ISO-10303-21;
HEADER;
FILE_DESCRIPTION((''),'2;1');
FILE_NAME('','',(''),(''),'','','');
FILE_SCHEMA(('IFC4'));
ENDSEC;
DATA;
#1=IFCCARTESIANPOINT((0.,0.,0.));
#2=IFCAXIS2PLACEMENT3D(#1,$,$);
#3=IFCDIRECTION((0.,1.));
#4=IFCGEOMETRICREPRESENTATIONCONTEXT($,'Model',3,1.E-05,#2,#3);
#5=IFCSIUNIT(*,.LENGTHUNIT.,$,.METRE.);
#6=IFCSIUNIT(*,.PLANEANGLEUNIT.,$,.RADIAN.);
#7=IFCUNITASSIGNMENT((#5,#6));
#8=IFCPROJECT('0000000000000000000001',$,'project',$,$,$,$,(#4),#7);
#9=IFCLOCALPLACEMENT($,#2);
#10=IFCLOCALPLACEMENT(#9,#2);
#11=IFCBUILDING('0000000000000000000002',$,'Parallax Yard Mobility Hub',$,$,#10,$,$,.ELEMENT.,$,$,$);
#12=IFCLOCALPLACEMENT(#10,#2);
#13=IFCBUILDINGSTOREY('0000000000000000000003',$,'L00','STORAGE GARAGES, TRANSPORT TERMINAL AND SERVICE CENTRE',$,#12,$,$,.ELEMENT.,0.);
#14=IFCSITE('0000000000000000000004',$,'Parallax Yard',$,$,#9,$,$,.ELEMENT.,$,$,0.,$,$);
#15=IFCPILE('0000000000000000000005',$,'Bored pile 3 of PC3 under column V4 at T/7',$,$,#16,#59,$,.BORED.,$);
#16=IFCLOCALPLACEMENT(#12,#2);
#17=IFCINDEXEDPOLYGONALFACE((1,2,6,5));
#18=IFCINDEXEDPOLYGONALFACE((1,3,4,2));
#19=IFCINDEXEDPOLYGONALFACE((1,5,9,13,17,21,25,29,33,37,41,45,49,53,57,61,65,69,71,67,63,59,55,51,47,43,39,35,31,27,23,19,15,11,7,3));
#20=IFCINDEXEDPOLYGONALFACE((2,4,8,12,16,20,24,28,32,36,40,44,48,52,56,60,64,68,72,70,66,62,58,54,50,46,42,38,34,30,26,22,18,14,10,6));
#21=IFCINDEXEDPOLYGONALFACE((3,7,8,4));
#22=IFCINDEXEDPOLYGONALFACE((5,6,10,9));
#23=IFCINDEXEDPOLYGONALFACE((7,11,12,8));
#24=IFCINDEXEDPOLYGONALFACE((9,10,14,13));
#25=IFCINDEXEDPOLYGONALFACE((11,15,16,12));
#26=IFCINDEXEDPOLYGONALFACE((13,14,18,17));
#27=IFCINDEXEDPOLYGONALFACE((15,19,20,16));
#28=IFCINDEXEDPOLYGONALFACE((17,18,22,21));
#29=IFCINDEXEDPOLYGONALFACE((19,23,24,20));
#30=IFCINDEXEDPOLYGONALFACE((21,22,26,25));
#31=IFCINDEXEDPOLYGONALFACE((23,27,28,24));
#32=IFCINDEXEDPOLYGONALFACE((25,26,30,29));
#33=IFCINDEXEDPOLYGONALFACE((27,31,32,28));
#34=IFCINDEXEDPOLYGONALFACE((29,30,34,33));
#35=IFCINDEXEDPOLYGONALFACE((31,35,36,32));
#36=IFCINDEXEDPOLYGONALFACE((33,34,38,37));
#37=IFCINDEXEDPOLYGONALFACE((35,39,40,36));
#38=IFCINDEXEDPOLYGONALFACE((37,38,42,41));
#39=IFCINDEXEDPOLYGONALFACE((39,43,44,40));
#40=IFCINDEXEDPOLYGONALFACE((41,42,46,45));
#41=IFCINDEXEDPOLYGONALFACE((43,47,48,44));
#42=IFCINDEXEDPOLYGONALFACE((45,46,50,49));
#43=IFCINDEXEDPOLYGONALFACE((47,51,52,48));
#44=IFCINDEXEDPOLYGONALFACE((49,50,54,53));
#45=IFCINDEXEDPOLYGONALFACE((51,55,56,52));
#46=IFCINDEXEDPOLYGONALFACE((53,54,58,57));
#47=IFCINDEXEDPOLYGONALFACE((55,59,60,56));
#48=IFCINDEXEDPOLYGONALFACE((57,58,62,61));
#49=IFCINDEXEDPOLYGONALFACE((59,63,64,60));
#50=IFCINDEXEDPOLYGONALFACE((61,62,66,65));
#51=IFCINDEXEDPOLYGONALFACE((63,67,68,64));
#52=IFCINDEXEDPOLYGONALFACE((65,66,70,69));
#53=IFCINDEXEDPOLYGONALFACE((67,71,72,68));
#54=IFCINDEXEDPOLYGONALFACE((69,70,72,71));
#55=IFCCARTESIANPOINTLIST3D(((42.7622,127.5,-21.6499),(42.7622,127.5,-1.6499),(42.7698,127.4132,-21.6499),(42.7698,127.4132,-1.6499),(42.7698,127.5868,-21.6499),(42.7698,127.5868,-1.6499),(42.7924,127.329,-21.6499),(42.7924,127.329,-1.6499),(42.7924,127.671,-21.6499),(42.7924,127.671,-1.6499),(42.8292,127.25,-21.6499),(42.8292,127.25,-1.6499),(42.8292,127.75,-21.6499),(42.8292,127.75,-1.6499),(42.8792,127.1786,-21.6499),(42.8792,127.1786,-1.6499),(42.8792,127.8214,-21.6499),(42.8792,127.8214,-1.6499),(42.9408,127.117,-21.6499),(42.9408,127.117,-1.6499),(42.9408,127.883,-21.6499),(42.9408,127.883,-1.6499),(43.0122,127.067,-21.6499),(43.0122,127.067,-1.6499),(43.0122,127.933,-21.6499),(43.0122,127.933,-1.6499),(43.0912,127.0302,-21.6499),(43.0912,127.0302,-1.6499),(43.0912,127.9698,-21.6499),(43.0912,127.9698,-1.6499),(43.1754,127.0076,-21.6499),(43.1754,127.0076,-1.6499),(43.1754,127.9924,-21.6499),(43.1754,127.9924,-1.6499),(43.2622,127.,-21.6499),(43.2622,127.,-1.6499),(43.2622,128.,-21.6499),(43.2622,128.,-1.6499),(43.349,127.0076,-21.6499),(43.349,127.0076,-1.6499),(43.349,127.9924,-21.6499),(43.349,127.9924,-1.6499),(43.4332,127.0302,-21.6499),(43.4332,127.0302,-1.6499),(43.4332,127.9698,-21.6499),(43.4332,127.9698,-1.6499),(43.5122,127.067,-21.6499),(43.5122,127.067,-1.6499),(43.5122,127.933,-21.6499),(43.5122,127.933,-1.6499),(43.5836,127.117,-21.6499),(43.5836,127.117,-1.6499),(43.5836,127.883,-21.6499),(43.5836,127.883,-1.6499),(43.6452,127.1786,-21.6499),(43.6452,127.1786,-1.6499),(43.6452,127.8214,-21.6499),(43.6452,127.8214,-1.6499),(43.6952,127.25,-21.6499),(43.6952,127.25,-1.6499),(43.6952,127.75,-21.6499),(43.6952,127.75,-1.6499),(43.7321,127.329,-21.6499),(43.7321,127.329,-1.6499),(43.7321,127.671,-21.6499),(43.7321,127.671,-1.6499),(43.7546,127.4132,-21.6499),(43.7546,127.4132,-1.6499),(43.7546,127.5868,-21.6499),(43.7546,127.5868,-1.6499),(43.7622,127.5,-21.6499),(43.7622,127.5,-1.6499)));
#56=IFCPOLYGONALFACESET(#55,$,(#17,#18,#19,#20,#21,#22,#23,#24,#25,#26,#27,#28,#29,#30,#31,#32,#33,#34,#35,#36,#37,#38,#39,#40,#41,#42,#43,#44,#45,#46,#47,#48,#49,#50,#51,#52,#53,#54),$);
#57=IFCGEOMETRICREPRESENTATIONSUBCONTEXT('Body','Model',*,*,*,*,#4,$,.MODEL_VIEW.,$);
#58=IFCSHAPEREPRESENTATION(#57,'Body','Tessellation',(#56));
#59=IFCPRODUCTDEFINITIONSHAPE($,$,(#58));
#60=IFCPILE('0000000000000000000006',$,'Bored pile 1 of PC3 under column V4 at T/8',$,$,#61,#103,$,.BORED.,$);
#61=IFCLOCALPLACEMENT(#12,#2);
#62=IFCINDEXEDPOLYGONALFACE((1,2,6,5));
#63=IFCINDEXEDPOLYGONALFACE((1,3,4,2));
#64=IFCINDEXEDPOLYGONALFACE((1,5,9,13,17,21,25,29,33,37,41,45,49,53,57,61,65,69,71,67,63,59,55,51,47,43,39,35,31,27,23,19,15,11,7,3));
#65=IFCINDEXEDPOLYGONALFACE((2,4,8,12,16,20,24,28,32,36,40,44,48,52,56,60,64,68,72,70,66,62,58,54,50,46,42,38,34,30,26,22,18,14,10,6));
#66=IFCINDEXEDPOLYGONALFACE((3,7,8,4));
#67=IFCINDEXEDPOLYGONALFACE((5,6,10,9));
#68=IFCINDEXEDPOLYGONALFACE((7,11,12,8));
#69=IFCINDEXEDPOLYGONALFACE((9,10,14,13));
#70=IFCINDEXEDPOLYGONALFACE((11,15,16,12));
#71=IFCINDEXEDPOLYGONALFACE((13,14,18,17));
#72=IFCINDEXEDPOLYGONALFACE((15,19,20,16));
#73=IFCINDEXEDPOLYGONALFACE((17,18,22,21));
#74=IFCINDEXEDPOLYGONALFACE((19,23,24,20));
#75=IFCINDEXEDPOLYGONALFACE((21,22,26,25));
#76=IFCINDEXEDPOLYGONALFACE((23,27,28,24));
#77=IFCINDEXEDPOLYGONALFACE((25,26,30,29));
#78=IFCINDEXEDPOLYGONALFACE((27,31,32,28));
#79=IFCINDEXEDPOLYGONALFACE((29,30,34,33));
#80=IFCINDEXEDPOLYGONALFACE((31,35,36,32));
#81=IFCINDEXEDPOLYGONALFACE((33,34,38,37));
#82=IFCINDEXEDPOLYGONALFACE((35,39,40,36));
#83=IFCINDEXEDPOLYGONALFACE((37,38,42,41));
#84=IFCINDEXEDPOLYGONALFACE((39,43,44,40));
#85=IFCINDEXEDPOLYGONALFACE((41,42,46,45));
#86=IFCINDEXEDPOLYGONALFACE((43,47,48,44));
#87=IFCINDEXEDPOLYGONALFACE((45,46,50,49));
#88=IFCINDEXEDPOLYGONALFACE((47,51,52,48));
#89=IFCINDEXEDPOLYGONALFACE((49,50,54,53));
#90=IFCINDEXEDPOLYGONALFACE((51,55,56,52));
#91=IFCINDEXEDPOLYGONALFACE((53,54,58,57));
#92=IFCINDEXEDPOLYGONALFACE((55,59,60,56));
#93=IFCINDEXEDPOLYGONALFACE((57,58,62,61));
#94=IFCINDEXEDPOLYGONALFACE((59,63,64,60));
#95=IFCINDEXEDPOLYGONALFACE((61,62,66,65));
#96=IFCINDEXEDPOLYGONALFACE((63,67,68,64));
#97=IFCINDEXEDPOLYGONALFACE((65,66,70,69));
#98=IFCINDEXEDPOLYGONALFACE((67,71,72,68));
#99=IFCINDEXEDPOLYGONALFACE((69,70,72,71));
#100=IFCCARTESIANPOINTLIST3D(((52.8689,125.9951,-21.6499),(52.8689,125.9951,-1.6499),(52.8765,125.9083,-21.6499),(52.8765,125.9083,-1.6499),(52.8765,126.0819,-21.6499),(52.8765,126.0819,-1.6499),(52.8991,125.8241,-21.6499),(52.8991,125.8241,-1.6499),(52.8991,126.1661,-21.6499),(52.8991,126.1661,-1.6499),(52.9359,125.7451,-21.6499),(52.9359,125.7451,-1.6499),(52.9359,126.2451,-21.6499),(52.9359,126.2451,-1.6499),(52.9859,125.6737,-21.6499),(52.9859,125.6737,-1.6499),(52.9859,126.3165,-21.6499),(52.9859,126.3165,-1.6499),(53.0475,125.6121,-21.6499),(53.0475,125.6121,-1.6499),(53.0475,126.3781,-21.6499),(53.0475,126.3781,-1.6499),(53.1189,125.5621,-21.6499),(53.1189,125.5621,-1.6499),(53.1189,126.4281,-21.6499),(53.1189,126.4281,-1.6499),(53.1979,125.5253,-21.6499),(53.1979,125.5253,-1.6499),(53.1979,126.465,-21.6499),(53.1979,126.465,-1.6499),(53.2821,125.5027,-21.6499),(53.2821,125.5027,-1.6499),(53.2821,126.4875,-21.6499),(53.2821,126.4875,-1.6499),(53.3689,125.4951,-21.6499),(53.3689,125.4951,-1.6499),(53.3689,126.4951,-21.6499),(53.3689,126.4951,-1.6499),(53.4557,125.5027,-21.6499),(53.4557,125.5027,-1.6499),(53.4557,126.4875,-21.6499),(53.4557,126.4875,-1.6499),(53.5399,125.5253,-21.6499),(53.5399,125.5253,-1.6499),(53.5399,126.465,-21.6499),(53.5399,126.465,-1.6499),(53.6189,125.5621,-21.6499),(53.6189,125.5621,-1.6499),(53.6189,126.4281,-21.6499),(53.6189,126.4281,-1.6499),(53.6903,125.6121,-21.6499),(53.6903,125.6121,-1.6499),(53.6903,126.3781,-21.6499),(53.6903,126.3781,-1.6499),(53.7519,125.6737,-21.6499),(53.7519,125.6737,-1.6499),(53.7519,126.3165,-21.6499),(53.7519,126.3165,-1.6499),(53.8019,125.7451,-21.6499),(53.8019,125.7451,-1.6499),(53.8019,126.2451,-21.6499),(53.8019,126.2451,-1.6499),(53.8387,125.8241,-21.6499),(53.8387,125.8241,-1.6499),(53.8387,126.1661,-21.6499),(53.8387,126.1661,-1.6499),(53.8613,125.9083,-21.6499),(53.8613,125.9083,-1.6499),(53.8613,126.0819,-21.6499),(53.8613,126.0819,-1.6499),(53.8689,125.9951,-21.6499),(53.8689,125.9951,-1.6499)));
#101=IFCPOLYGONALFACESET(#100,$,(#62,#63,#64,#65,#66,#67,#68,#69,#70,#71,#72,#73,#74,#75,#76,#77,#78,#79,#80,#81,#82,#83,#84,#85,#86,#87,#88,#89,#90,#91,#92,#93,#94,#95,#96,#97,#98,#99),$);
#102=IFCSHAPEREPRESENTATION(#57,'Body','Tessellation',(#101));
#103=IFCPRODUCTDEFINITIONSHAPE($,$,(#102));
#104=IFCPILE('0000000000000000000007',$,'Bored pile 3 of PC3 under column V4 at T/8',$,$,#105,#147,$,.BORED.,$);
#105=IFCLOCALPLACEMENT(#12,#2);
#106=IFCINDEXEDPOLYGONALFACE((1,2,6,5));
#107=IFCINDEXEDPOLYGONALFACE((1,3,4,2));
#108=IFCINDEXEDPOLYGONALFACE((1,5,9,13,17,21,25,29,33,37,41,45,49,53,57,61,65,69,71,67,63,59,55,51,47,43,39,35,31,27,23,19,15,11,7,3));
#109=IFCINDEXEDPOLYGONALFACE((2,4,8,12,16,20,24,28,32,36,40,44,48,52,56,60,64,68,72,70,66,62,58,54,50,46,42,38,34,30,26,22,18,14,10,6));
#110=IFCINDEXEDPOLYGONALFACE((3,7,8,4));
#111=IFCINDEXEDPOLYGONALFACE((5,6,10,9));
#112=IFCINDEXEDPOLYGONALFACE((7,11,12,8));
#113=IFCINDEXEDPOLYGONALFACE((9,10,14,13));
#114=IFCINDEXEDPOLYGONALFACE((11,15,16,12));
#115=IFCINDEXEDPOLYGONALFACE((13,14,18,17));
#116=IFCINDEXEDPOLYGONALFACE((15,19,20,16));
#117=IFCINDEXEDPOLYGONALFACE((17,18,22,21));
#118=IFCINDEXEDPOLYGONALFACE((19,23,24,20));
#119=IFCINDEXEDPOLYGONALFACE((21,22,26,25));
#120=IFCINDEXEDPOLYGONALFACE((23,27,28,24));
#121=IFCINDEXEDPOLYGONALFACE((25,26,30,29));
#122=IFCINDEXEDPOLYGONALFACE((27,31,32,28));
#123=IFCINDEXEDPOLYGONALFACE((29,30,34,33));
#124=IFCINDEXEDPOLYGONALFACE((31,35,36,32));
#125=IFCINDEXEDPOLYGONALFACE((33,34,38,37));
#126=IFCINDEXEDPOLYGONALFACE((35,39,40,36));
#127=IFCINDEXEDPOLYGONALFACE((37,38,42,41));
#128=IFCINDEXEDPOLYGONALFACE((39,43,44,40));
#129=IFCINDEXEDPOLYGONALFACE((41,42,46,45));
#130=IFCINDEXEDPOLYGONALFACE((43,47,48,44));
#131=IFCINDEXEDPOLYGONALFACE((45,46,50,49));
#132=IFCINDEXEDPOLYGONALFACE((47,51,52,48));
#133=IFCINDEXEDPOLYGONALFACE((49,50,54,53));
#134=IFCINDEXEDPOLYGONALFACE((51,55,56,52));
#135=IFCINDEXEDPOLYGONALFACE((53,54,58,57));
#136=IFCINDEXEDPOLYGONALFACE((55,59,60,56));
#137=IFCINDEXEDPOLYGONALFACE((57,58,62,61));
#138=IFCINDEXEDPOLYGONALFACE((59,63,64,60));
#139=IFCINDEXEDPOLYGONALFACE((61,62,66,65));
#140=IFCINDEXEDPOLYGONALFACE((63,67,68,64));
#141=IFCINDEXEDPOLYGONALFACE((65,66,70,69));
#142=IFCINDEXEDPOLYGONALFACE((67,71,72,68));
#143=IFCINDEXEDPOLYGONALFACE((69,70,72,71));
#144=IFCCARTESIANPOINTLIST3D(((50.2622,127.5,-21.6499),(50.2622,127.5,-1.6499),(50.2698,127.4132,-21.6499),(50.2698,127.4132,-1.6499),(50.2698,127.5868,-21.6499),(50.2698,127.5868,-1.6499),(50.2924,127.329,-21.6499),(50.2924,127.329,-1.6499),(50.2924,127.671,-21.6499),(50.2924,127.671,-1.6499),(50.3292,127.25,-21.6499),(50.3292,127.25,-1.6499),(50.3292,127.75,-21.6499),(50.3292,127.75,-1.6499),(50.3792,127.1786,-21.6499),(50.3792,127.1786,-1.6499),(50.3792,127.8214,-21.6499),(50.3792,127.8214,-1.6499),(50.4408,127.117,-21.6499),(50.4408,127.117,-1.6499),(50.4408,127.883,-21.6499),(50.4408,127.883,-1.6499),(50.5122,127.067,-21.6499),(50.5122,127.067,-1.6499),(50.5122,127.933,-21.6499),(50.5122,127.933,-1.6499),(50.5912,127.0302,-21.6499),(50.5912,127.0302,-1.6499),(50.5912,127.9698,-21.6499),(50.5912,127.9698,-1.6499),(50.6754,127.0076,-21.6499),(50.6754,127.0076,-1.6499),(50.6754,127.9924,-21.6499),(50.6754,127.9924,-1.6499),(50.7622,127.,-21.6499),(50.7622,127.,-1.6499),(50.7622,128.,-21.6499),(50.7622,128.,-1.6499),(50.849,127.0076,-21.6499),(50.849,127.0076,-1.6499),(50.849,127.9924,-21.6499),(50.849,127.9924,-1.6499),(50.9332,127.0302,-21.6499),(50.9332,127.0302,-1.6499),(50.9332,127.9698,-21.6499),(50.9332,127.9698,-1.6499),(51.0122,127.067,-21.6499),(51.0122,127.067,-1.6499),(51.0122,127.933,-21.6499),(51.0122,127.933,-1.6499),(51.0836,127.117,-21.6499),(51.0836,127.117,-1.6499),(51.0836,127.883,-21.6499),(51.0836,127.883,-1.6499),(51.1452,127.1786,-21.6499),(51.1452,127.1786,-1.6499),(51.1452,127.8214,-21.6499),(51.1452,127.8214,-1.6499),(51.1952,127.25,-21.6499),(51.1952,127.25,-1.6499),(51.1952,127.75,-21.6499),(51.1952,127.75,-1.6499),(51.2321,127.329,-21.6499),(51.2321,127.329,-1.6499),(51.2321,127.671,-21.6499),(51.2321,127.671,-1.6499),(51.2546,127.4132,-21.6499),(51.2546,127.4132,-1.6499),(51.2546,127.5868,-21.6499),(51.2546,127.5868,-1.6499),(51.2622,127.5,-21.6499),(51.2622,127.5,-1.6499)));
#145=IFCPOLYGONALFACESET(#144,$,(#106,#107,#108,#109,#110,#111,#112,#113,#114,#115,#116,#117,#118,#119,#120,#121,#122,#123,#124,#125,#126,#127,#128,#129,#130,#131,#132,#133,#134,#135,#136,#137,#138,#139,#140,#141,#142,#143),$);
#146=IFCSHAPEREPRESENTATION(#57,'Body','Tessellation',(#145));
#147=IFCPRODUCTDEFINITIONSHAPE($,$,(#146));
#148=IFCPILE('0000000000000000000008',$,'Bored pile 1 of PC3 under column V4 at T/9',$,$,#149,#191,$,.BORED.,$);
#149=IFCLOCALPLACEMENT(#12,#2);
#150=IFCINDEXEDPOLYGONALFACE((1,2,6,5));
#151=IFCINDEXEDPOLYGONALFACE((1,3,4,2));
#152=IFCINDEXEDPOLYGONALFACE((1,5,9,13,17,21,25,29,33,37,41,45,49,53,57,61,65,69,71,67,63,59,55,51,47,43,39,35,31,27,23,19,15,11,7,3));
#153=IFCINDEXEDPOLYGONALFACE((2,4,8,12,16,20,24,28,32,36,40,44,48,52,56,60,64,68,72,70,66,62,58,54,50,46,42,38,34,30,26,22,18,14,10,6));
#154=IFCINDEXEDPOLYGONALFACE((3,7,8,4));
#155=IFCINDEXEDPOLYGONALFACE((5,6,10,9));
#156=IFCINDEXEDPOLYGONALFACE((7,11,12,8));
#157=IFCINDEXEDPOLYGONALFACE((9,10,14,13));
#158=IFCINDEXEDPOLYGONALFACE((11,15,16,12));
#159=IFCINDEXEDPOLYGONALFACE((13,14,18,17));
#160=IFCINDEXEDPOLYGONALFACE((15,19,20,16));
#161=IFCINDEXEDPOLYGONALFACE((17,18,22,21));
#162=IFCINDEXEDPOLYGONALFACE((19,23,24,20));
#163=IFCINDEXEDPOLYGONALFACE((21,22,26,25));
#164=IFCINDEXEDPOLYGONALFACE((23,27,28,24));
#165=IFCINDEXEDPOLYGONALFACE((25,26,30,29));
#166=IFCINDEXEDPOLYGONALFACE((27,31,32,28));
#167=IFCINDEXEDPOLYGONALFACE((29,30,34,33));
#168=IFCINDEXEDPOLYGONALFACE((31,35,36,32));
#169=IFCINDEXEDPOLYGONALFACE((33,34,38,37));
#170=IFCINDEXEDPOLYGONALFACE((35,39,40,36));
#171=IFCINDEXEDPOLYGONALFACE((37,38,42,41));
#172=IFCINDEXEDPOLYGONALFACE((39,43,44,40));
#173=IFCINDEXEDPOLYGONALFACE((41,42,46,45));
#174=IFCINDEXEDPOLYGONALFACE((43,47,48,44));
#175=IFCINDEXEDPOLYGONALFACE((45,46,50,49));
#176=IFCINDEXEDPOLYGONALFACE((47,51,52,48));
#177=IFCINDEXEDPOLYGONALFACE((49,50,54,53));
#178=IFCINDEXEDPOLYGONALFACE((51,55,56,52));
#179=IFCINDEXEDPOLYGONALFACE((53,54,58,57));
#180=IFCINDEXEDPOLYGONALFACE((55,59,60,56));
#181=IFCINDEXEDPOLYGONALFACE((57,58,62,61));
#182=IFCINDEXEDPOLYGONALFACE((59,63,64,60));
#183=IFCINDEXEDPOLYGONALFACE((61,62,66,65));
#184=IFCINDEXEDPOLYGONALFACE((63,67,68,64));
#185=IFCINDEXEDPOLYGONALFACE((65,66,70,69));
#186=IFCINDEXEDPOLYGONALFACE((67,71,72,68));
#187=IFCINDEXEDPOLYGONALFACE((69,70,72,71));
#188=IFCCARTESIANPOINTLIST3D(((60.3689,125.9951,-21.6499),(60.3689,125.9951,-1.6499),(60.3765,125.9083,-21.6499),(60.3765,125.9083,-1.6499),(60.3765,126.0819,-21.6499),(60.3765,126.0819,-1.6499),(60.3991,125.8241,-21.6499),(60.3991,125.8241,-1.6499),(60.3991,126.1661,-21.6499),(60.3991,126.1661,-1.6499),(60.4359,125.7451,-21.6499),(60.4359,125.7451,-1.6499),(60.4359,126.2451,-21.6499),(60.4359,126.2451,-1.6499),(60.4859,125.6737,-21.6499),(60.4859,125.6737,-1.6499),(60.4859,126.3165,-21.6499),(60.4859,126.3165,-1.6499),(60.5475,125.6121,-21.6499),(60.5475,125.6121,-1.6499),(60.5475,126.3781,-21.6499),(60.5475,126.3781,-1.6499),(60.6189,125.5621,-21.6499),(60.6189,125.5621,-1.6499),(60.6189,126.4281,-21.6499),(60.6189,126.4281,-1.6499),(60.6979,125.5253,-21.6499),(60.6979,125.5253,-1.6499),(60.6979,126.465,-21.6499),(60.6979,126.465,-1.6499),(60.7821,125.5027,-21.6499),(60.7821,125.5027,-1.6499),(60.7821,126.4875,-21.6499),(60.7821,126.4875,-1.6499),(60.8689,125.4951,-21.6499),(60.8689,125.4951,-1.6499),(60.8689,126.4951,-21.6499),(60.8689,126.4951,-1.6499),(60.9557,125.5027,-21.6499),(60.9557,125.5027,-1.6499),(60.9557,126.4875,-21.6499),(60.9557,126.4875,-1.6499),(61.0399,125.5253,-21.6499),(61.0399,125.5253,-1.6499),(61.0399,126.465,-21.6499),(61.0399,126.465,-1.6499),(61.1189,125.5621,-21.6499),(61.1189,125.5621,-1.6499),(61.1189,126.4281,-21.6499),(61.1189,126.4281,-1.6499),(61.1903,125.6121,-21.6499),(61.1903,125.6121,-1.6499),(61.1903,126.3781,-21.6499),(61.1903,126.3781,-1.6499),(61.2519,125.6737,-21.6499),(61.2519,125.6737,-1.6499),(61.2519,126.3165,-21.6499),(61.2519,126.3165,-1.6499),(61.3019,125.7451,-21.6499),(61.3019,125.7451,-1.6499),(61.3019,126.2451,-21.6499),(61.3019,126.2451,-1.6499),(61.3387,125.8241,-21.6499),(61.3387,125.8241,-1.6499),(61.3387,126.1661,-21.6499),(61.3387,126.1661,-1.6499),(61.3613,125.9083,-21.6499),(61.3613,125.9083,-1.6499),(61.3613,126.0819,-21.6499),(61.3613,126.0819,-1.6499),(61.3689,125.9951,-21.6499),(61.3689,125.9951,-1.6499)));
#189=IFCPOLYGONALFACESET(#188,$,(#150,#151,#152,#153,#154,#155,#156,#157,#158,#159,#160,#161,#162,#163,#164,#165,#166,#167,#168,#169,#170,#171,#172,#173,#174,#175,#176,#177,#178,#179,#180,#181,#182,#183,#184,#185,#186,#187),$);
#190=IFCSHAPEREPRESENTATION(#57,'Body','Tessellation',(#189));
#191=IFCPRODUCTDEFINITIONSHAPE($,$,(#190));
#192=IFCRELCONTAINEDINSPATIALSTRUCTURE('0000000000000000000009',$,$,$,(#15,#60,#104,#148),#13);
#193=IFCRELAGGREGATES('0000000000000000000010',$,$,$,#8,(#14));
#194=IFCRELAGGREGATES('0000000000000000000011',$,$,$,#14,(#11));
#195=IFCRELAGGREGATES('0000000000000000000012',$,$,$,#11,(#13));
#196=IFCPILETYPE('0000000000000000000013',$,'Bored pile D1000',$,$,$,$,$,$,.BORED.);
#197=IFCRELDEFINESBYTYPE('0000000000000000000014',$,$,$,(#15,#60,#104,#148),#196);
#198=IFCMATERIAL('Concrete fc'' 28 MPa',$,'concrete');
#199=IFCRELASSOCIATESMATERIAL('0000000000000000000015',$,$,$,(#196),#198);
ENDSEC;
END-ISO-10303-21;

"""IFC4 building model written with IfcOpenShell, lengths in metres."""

from ifc_helpers import new_model, si_unit, direction, frame, origin, origin_2d, place, context, subcontext, project, spatial, circle, extrude, material, material_profile, profile_set, type_object, element, save


model = new_model("IFC4")

# Units and contexts
model_context = context("Model", 3, precision=1e-05, world=origin(), true_north=direction((0.0, 1.0)))
body_context = subcontext(model_context, "Body", "Model", "MODEL_VIEW")
ifc_project = project(units=[si_unit("LENGTHUNIT", "METRE"), si_unit("PLANEANGLEUNIT", "RADIAN")], contexts=[model_context])

# Site, building, storey
site_placement = place(None, origin())
site = spatial("IfcSite", under=ifc_project, at=site_placement, Name="Parallax Yard", CompositionType="ELEMENT", RefElevation=0.0)
building_placement = place(site_placement, origin())
building = spatial("IfcBuilding", under=site, at=building_placement, Name="Parallax Yard Mobility Hub", CompositionType="ELEMENT")
storey_placement = place(building_placement, origin())
storey = spatial("IfcBuildingStorey", under=building, at=storey_placement, Name="L00", Description="STORAGE GARAGES, TRANSPORT TERMINAL AND SERVICE CENTRE", CompositionType="ELEMENT", Elevation=0.0)

# Piles
ifc_material_1 = material(Name="Concrete fc' 28 MPa", Category="concrete")
ifc_material_profile_1 = material_profile(ifc_material_1, circle(Radius=0.5, at=origin_2d()), Name="Bored pile D1000")
ifc_profile_set_1 = profile_set([ifc_material_profile_1], Name="Concrete fc' 28 MPa")
pile_type = type_object("IfcPileType", Name="Bored pile D1000", PredefinedType="BORED", material=ifc_profile_set_1)
for number, where, z_axis, x_axis, name in (
    (1, (43.2622, 127.5, -1.6499), (0.0, 0.0, -1.0), (1.0, 0.0, 0.0), "Bored pile 3 of PC3 under column V4 at T/7"),
    (2, (53.3689, 125.9951, -1.6499), (0.0, 0.0, -1.0), (1.0, 0.0, 0.0), "Bored pile 1 of PC3 under column V4 at T/8"),
    (3, (50.7622, 127.5, -1.6499), (0.0, 0.0, -1.0), (1.0, 0.0, 0.0), "Bored pile 3 of PC3 under column V4 at T/8"),
    (4, (60.8689, 125.9951, -1.6499), (0.0, 0.0, -1.0), (1.0, 0.0, 0.0), "Bored pile 1 of PC3 under column V4 at T/9"),
):
    element("IfcPile", number, at=place(storey_placement, frame(where, z_axis=z_axis, x_axis=x_axis)), inside=storey, type_object=pile_type, Name=name, PredefinedType="BORED", context=body_context, shape_type="SweptSolid", body=[
        extrude(circle(Radius=0.5, at=origin_2d()), origin(), (0.0, 0.0, 1.0), 20.0),
    ])

save(model, "model.ifc")
